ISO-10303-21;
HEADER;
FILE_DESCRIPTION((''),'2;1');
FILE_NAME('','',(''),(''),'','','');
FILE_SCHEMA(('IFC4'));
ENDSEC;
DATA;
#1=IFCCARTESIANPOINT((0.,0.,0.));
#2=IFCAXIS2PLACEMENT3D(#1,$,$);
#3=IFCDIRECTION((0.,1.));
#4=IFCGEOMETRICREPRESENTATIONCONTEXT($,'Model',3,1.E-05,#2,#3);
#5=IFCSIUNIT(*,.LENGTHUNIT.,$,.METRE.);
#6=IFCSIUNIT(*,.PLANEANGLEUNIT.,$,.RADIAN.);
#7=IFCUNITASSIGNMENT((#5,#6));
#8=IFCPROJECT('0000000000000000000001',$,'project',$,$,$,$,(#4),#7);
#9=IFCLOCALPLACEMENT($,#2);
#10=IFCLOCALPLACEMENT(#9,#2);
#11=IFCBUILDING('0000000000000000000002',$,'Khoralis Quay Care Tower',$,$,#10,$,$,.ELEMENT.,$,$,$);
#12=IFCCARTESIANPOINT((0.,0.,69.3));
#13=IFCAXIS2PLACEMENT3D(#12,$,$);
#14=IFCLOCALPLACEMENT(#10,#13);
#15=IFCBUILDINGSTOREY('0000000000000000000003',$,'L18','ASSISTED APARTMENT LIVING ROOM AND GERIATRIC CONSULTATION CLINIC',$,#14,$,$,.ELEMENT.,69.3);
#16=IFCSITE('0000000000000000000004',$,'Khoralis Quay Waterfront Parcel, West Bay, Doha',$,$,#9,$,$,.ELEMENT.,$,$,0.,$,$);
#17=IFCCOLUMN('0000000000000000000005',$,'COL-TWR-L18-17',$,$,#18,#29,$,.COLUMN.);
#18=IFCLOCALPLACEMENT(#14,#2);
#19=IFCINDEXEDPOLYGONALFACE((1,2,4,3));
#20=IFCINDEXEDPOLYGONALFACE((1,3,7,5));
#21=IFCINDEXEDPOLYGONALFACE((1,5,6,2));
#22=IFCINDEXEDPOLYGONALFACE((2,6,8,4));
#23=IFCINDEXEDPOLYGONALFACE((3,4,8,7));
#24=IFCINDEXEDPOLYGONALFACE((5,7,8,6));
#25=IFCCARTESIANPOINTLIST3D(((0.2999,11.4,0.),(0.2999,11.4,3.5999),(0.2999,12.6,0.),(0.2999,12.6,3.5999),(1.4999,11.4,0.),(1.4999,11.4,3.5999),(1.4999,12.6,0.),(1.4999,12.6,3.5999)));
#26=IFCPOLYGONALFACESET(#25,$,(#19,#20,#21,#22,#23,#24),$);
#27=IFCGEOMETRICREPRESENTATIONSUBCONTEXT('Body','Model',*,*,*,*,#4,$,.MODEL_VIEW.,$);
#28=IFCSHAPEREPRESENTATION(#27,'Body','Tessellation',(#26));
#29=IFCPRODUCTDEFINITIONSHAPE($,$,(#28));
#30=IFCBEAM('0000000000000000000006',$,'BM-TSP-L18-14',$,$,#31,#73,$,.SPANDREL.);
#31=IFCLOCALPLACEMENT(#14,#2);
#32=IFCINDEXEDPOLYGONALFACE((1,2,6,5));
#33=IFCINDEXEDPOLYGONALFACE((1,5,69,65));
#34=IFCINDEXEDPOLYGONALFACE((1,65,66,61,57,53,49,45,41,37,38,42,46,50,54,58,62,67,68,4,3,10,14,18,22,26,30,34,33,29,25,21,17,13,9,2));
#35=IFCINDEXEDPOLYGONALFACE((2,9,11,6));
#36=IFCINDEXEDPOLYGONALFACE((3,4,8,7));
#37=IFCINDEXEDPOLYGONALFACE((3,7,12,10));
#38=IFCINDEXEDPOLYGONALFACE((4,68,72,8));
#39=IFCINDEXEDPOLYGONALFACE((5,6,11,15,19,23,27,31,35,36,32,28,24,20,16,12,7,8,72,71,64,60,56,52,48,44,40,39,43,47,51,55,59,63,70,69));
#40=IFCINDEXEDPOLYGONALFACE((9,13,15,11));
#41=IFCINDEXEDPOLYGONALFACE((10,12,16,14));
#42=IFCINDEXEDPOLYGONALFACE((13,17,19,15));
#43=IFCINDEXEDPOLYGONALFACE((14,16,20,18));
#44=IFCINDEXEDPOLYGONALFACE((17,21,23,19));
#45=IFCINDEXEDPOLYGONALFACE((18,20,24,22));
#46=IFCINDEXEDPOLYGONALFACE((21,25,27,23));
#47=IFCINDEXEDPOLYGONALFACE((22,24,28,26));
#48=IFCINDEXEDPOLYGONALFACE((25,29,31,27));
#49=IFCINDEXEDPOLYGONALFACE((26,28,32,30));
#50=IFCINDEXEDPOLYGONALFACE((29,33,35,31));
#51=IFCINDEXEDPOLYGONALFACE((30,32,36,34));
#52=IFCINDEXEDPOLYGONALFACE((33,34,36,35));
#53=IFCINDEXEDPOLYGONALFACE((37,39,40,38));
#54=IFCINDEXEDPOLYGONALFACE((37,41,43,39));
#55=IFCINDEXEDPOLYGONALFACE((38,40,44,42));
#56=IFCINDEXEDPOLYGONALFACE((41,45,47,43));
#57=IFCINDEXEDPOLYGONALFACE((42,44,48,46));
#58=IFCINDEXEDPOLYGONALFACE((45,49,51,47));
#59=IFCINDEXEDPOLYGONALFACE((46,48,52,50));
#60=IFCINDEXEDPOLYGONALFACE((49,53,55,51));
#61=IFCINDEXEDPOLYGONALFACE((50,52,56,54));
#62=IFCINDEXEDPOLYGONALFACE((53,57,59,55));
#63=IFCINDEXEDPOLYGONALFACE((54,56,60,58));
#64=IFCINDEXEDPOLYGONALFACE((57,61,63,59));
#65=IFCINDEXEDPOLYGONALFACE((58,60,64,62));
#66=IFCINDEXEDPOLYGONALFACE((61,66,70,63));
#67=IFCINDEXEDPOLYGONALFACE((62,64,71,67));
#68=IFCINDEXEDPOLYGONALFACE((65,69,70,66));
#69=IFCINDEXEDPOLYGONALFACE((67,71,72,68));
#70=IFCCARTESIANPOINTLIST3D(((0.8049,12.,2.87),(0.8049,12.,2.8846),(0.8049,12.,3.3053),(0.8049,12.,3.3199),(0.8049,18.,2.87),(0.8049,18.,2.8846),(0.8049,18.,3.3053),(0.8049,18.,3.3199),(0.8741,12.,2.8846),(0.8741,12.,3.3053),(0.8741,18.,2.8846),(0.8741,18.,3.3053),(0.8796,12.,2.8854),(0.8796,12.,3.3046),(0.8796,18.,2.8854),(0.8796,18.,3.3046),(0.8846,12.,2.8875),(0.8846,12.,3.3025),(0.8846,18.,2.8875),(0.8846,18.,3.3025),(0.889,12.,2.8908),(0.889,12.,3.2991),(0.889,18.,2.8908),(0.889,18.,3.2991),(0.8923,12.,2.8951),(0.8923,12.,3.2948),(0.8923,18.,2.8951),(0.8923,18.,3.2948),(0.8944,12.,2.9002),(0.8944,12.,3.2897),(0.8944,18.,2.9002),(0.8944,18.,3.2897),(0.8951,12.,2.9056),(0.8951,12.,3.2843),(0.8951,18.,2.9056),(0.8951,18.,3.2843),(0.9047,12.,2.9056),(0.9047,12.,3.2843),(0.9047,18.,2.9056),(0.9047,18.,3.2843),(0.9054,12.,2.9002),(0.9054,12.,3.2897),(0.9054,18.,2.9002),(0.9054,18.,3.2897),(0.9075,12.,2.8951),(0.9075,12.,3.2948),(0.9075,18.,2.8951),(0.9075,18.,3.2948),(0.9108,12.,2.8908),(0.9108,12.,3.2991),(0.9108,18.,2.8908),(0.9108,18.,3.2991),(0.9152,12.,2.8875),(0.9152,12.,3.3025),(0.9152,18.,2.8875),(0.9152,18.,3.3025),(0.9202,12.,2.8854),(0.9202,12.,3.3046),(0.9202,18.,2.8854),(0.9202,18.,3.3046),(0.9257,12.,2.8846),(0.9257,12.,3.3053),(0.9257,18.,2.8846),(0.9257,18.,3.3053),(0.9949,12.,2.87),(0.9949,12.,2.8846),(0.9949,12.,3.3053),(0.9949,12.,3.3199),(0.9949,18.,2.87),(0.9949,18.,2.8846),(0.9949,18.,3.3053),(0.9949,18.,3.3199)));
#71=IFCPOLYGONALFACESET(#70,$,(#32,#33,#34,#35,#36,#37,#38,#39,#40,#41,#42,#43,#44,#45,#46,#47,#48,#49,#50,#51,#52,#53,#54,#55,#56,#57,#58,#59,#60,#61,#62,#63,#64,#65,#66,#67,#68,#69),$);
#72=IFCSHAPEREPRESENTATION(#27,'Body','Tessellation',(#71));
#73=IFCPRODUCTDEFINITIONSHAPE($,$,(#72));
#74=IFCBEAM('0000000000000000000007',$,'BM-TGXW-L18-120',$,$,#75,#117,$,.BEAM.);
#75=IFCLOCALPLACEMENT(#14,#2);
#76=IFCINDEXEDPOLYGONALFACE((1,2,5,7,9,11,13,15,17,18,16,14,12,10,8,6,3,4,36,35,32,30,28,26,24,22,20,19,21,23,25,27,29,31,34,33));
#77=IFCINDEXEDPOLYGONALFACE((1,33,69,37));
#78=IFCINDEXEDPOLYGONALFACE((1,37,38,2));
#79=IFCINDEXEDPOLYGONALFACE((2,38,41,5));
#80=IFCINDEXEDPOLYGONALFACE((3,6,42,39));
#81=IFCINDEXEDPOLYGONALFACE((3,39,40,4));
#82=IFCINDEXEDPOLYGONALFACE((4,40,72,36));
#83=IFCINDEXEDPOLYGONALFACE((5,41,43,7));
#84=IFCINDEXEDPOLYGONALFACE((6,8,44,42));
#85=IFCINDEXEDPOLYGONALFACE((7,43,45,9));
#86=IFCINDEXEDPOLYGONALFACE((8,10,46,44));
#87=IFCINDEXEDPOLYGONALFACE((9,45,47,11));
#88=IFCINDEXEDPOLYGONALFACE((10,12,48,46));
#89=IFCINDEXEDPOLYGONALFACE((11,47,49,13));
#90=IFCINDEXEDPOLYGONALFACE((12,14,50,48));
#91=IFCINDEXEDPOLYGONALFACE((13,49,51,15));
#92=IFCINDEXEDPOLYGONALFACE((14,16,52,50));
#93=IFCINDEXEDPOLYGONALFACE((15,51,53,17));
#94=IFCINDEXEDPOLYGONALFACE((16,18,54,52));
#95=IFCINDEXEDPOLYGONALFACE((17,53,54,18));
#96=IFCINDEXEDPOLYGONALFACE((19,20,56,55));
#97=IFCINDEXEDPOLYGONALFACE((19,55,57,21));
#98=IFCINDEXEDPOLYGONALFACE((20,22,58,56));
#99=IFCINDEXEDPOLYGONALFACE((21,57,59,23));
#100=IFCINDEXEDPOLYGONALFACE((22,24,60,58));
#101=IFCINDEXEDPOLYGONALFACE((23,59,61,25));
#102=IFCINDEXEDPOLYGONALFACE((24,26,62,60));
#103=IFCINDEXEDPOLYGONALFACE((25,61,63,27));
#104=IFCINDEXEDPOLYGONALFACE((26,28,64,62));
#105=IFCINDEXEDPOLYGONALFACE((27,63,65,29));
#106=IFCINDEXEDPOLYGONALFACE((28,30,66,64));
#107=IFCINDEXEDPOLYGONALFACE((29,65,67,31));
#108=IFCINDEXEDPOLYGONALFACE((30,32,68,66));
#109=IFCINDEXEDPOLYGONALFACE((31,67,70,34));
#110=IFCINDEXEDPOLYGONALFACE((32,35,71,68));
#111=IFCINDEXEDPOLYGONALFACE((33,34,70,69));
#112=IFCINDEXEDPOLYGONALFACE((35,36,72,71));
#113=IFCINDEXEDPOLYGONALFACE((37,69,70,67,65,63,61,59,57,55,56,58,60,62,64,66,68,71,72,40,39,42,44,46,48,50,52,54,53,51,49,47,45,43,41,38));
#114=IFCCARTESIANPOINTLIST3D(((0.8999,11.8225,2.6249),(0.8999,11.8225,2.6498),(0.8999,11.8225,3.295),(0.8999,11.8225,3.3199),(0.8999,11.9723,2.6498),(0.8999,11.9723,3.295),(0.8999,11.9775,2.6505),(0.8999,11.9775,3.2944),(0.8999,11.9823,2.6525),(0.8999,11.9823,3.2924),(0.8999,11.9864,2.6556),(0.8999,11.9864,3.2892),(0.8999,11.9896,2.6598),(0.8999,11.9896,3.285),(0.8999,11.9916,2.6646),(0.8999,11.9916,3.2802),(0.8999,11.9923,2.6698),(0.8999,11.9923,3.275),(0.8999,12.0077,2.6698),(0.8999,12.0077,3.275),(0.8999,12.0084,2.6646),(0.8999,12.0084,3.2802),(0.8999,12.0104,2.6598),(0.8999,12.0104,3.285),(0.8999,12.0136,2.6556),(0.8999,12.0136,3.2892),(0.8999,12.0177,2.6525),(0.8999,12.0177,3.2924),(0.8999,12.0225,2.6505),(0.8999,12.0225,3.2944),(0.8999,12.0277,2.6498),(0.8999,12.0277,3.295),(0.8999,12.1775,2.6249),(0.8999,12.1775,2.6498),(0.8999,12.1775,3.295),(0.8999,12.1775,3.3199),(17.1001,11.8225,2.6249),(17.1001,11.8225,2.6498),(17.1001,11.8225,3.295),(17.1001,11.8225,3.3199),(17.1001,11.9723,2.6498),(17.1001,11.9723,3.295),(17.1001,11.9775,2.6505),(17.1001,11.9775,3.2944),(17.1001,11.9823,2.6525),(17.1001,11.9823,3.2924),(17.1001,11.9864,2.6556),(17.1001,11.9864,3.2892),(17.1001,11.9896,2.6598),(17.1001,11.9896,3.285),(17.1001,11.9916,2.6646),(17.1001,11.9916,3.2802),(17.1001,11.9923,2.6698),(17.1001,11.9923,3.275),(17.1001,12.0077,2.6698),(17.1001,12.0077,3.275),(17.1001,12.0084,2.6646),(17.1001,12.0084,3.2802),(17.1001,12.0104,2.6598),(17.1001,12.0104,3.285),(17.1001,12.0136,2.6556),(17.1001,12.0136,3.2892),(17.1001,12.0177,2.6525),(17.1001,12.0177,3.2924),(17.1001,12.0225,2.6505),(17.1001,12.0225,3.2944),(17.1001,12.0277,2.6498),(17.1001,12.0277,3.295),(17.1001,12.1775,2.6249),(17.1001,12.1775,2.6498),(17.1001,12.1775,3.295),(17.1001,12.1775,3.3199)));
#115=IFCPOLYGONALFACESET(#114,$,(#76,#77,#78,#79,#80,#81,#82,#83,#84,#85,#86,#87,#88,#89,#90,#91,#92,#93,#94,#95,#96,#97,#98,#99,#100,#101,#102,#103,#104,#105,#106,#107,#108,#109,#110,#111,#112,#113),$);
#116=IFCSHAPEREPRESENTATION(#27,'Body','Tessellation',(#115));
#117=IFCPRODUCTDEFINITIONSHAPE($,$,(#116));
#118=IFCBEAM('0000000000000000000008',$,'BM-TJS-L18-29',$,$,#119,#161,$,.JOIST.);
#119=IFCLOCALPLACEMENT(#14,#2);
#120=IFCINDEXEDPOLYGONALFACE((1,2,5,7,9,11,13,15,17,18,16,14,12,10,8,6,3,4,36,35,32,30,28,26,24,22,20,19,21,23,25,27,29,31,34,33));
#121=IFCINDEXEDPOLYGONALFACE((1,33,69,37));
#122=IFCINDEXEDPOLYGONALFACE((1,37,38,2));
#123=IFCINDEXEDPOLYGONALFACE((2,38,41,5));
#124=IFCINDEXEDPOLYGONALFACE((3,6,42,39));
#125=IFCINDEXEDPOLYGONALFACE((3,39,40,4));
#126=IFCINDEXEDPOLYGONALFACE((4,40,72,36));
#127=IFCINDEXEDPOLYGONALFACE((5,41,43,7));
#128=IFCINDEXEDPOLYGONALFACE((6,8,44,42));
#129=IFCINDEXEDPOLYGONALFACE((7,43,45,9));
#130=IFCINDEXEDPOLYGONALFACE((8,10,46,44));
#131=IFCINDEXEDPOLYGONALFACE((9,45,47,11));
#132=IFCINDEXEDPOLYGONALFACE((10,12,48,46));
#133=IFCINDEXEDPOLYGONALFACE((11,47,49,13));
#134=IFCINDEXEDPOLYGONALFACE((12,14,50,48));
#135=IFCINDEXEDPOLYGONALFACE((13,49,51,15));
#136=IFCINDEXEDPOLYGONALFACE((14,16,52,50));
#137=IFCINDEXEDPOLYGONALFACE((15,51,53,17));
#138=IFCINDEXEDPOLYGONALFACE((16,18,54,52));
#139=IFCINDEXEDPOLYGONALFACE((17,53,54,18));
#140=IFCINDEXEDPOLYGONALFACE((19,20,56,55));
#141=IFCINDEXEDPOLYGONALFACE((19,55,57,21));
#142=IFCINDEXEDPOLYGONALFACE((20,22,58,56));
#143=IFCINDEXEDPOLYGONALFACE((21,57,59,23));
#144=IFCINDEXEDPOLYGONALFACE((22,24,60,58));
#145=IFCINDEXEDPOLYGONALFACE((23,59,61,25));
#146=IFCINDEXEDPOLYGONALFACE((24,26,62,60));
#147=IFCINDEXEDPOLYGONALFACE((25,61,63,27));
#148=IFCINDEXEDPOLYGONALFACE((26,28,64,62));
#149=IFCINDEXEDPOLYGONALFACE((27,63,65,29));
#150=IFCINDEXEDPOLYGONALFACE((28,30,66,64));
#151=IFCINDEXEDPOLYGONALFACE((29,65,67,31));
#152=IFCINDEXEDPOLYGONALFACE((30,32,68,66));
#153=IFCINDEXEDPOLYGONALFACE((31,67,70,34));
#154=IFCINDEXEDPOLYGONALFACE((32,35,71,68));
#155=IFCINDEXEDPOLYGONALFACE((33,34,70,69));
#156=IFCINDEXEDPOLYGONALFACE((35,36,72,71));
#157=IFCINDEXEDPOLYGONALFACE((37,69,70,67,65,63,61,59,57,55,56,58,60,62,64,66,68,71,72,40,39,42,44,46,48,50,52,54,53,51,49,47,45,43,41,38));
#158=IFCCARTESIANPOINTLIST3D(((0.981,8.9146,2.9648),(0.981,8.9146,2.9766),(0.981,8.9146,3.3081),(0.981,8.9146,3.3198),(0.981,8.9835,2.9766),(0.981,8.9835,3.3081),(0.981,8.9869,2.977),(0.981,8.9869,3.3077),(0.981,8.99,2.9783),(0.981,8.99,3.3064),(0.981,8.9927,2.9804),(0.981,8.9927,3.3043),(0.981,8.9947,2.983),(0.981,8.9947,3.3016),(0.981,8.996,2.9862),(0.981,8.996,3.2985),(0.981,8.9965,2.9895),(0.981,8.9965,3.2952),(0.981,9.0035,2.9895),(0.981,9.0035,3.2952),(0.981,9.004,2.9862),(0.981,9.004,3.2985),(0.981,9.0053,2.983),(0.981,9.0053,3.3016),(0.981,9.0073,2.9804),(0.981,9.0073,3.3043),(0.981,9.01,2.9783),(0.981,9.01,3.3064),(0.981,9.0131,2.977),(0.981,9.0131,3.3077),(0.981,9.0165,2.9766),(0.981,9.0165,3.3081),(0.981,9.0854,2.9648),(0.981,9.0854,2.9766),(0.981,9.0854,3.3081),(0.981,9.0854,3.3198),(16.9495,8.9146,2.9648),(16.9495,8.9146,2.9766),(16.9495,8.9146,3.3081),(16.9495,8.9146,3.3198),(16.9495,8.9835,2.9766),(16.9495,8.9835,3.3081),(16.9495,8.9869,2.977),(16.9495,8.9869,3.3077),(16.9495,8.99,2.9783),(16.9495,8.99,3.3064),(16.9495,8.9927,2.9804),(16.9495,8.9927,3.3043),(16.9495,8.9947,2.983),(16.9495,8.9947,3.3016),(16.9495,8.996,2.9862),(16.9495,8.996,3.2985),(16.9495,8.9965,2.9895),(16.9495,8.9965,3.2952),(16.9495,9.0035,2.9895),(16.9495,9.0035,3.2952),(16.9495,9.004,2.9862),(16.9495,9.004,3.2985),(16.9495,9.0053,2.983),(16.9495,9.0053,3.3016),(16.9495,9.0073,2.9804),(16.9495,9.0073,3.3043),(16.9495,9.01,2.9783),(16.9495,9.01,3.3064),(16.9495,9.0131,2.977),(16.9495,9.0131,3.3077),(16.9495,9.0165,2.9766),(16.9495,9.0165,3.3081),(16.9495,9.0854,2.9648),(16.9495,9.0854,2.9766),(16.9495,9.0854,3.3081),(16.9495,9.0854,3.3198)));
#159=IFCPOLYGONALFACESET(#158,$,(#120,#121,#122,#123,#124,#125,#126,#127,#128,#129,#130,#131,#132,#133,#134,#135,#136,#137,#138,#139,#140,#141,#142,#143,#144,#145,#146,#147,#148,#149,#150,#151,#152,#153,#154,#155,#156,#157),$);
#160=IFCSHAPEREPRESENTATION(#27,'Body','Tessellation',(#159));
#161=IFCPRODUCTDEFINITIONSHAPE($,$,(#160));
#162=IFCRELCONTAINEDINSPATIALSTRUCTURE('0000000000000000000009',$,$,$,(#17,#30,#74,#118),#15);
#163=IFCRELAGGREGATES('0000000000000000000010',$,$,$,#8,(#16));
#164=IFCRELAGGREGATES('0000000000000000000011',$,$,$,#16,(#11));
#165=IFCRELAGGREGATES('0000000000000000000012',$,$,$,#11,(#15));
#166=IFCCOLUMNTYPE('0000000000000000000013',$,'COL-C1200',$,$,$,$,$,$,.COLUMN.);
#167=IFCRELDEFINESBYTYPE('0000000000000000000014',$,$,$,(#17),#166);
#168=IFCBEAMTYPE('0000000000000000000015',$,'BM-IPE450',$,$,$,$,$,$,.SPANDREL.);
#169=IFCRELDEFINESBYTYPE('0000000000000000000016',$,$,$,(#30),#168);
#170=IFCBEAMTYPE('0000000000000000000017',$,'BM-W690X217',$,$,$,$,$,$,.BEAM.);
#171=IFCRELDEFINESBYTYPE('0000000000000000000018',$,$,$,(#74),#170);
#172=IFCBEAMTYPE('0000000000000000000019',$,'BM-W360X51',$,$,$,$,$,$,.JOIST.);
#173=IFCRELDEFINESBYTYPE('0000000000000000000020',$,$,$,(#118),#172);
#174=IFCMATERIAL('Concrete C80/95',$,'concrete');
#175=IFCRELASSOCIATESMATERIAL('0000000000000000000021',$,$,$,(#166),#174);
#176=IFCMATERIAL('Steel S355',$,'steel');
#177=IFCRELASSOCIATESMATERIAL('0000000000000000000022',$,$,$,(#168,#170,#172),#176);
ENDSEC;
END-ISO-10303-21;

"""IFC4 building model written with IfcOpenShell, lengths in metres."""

from ifc_helpers import new_model, si_unit, direction, frame, origin, origin_2d, place, context, subcontext, project, spatial, rectangle, i_section, extrude, source, transform, mapped, material, material_profile, profile_set, type_object, element, save


model = new_model("IFC4")

# Units and contexts
model_context = context("Model", 3, precision=1e-05, world=origin(), true_north=direction((0.0, 1.0)))
body_context = subcontext(model_context, "Body", "Model", "MODEL_VIEW")
ifc_project = project(units=[si_unit("LENGTHUNIT", "METRE"), si_unit("PLANEANGLEUNIT", "RADIAN")], contexts=[model_context])

# Site, building, storey
site_placement = place(None, origin())
site = spatial("IfcSite", under=ifc_project, at=site_placement, Name="Khoralis Quay Waterfront Parcel, West Bay, Doha", CompositionType="ELEMENT", RefElevation=0.0)
building_placement = place(site_placement, origin())
building = spatial("IfcBuilding", under=site, at=building_placement, Name="Khoralis Quay Care Tower", CompositionType="ELEMENT")
storey_placement = place(building_placement, frame((0.0, 0.0, 69.3)))
storey = spatial("IfcBuildingStorey", under=building, at=storey_placement, Name="L18", Description="ASSISTED APARTMENT LIVING ROOM AND GERIATRIC CONSULTATION CLINIC", CompositionType="ELEMENT", Elevation=69.3)

# Column
ifc_material_1 = material(Name="Concrete C80/95", Category="concrete")
ifc_material_profile_1 = material_profile(ifc_material_1, rectangle(XDim=1.2, YDim=1.2, at=origin_2d()), Name="Concrete C80/95")
ifc_profile_set_1 = profile_set([ifc_material_profile_1], Name="Concrete C80/95")
column_type = type_object("IfcColumnType", Name="COL-C1200", PredefinedType="COLUMN", material=ifc_profile_set_1)
shared_shape_1 = source(origin(), body_context, "Body", "SweptSolid", [
    extrude(rectangle(XDim=1.2, YDim=1.2, at=origin_2d()), origin(), (0.0, 0.0, 1.0), 3.5999),
])
column_placement = place(storey_placement, frame((0.8999, 12.0, 0.0), z_axis=(0.0, 0.0, 1.0), x_axis=(1.0, 0.0, 0.0)))
element("IfcColumn", 1, at=column_placement, inside=storey, type_object=column_type, Name="COL-TWR-L18-17", PredefinedType="COLUMN", context=body_context, shape_type="MappedRepresentation", body=[
    mapped(shared_shape_1, transform((0.0, 0.0, 0.0), scale=1.0)),
])

# Beams
ifc_material_2 = material(Name="Steel S355", Category="steel")
ifc_material_profile_2 = material_profile(ifc_material_2, i_section(OverallWidth=0.1899, OverallDepth=0.45, WebThickness=0.0095, FlangeThickness=0.0146, FilletRadius=0.021, at=origin_2d()), Name="Steel S355")
ifc_profile_set_2 = profile_set([ifc_material_profile_2], Name="Steel S355")
beam_type_1 = type_object("IfcBeamType", Name="BM-IPE450", PredefinedType="SPANDREL", material=ifc_profile_set_2)
shared_shape_2 = source(origin(), body_context, "Body", "SweptSolid", [
    extrude(i_section(OverallWidth=0.1899, OverallDepth=0.45, WebThickness=0.0095, FlangeThickness=0.0146, FilletRadius=0.021, at=origin_2d()), origin(), (0.0, 0.0, 1.0), 6.0),
])
beam_1_placement = place(storey_placement, frame((0.8999, 12.0, 3.095), z_axis=(0.0, 1.0, 0.0), x_axis=(-1.0, 0.0, 0.0)))
element("IfcBeam", 2, at=beam_1_placement, inside=storey, type_object=beam_type_1, Name="BM-TSP-L18-14", PredefinedType="SPANDREL", context=body_context, shape_type="MappedRepresentation", body=[
    mapped(shared_shape_2, transform((0.0, 0.0, 0.0), scale=1.0)),
])
ifc_material_profile_3 = material_profile(ifc_material_2, i_section(OverallWidth=0.355, OverallDepth=0.6951, WebThickness=0.0154, FlangeThickness=0.0249, FilletRadius=0.02, at=origin_2d()), Name="Steel S355")
ifc_profile_set_3 = profile_set([ifc_material_profile_3], Name="Steel S355")
beam_type_2 = type_object("IfcBeamType", Name="BM-W690X217", PredefinedType="BEAM", material=ifc_profile_set_3)
shared_shape_3 = source(origin(), body_context, "Body", "SweptSolid", [
    extrude(i_section(OverallWidth=0.355, OverallDepth=0.6951, WebThickness=0.0154, FlangeThickness=0.0249, FilletRadius=0.02, at=origin_2d()), origin(), (0.0, 0.0, 1.0), 16.2002),
])
beam_2_placement = place(storey_placement, frame((0.8999, 12.0, 2.9724), z_axis=(1.0, 0.0, 0.0), x_axis=(0.0, 1.0, 0.0)))
element("IfcBeam", 3, at=beam_2_placement, inside=storey, type_object=beam_type_2, Name="BM-TGXW-L18-120", PredefinedType="BEAM", context=body_context, shape_type="MappedRepresentation", body=[
    mapped(shared_shape_3, transform((0.0, 0.0, 0.0), scale=1.0)),
])
ifc_material_profile_4 = material_profile(ifc_material_2, i_section(OverallWidth=0.1709, OverallDepth=0.355, WebThickness=0.0071, FlangeThickness=0.0117, FilletRadius=0.0129, at=origin_2d()), Name="Steel S355")
ifc_profile_set_4 = profile_set([ifc_material_profile_4], Name="Steel S355")
beam_type_3 = type_object("IfcBeamType", Name="BM-W360X51", PredefinedType="JOIST", material=ifc_profile_set_4)
shared_shape_4 = source(origin(), body_context, "Body", "SweptSolid", [
    extrude(i_section(OverallWidth=0.1709, OverallDepth=0.355, WebThickness=0.0071, FlangeThickness=0.0117, FilletRadius=0.0129, at=origin_2d()), origin(), (0.0, 0.0, 1.0), 15.9685),
])
beam_3_placement = place(storey_placement, frame((0.981, 9.0, 3.1423), z_axis=(1.0, 0.0, 0.0), x_axis=(0.0, 1.0, 0.0)))
element("IfcBeam", 4, at=beam_3_placement, inside=storey, type_object=beam_type_3, Name="BM-TJS-L18-29", PredefinedType="JOIST", context=body_context, shape_type="MappedRepresentation", body=[
    mapped(shared_shape_4, transform((0.0, 0.0, 0.0), scale=1.0)),
])

save(model, "model.ifc")
